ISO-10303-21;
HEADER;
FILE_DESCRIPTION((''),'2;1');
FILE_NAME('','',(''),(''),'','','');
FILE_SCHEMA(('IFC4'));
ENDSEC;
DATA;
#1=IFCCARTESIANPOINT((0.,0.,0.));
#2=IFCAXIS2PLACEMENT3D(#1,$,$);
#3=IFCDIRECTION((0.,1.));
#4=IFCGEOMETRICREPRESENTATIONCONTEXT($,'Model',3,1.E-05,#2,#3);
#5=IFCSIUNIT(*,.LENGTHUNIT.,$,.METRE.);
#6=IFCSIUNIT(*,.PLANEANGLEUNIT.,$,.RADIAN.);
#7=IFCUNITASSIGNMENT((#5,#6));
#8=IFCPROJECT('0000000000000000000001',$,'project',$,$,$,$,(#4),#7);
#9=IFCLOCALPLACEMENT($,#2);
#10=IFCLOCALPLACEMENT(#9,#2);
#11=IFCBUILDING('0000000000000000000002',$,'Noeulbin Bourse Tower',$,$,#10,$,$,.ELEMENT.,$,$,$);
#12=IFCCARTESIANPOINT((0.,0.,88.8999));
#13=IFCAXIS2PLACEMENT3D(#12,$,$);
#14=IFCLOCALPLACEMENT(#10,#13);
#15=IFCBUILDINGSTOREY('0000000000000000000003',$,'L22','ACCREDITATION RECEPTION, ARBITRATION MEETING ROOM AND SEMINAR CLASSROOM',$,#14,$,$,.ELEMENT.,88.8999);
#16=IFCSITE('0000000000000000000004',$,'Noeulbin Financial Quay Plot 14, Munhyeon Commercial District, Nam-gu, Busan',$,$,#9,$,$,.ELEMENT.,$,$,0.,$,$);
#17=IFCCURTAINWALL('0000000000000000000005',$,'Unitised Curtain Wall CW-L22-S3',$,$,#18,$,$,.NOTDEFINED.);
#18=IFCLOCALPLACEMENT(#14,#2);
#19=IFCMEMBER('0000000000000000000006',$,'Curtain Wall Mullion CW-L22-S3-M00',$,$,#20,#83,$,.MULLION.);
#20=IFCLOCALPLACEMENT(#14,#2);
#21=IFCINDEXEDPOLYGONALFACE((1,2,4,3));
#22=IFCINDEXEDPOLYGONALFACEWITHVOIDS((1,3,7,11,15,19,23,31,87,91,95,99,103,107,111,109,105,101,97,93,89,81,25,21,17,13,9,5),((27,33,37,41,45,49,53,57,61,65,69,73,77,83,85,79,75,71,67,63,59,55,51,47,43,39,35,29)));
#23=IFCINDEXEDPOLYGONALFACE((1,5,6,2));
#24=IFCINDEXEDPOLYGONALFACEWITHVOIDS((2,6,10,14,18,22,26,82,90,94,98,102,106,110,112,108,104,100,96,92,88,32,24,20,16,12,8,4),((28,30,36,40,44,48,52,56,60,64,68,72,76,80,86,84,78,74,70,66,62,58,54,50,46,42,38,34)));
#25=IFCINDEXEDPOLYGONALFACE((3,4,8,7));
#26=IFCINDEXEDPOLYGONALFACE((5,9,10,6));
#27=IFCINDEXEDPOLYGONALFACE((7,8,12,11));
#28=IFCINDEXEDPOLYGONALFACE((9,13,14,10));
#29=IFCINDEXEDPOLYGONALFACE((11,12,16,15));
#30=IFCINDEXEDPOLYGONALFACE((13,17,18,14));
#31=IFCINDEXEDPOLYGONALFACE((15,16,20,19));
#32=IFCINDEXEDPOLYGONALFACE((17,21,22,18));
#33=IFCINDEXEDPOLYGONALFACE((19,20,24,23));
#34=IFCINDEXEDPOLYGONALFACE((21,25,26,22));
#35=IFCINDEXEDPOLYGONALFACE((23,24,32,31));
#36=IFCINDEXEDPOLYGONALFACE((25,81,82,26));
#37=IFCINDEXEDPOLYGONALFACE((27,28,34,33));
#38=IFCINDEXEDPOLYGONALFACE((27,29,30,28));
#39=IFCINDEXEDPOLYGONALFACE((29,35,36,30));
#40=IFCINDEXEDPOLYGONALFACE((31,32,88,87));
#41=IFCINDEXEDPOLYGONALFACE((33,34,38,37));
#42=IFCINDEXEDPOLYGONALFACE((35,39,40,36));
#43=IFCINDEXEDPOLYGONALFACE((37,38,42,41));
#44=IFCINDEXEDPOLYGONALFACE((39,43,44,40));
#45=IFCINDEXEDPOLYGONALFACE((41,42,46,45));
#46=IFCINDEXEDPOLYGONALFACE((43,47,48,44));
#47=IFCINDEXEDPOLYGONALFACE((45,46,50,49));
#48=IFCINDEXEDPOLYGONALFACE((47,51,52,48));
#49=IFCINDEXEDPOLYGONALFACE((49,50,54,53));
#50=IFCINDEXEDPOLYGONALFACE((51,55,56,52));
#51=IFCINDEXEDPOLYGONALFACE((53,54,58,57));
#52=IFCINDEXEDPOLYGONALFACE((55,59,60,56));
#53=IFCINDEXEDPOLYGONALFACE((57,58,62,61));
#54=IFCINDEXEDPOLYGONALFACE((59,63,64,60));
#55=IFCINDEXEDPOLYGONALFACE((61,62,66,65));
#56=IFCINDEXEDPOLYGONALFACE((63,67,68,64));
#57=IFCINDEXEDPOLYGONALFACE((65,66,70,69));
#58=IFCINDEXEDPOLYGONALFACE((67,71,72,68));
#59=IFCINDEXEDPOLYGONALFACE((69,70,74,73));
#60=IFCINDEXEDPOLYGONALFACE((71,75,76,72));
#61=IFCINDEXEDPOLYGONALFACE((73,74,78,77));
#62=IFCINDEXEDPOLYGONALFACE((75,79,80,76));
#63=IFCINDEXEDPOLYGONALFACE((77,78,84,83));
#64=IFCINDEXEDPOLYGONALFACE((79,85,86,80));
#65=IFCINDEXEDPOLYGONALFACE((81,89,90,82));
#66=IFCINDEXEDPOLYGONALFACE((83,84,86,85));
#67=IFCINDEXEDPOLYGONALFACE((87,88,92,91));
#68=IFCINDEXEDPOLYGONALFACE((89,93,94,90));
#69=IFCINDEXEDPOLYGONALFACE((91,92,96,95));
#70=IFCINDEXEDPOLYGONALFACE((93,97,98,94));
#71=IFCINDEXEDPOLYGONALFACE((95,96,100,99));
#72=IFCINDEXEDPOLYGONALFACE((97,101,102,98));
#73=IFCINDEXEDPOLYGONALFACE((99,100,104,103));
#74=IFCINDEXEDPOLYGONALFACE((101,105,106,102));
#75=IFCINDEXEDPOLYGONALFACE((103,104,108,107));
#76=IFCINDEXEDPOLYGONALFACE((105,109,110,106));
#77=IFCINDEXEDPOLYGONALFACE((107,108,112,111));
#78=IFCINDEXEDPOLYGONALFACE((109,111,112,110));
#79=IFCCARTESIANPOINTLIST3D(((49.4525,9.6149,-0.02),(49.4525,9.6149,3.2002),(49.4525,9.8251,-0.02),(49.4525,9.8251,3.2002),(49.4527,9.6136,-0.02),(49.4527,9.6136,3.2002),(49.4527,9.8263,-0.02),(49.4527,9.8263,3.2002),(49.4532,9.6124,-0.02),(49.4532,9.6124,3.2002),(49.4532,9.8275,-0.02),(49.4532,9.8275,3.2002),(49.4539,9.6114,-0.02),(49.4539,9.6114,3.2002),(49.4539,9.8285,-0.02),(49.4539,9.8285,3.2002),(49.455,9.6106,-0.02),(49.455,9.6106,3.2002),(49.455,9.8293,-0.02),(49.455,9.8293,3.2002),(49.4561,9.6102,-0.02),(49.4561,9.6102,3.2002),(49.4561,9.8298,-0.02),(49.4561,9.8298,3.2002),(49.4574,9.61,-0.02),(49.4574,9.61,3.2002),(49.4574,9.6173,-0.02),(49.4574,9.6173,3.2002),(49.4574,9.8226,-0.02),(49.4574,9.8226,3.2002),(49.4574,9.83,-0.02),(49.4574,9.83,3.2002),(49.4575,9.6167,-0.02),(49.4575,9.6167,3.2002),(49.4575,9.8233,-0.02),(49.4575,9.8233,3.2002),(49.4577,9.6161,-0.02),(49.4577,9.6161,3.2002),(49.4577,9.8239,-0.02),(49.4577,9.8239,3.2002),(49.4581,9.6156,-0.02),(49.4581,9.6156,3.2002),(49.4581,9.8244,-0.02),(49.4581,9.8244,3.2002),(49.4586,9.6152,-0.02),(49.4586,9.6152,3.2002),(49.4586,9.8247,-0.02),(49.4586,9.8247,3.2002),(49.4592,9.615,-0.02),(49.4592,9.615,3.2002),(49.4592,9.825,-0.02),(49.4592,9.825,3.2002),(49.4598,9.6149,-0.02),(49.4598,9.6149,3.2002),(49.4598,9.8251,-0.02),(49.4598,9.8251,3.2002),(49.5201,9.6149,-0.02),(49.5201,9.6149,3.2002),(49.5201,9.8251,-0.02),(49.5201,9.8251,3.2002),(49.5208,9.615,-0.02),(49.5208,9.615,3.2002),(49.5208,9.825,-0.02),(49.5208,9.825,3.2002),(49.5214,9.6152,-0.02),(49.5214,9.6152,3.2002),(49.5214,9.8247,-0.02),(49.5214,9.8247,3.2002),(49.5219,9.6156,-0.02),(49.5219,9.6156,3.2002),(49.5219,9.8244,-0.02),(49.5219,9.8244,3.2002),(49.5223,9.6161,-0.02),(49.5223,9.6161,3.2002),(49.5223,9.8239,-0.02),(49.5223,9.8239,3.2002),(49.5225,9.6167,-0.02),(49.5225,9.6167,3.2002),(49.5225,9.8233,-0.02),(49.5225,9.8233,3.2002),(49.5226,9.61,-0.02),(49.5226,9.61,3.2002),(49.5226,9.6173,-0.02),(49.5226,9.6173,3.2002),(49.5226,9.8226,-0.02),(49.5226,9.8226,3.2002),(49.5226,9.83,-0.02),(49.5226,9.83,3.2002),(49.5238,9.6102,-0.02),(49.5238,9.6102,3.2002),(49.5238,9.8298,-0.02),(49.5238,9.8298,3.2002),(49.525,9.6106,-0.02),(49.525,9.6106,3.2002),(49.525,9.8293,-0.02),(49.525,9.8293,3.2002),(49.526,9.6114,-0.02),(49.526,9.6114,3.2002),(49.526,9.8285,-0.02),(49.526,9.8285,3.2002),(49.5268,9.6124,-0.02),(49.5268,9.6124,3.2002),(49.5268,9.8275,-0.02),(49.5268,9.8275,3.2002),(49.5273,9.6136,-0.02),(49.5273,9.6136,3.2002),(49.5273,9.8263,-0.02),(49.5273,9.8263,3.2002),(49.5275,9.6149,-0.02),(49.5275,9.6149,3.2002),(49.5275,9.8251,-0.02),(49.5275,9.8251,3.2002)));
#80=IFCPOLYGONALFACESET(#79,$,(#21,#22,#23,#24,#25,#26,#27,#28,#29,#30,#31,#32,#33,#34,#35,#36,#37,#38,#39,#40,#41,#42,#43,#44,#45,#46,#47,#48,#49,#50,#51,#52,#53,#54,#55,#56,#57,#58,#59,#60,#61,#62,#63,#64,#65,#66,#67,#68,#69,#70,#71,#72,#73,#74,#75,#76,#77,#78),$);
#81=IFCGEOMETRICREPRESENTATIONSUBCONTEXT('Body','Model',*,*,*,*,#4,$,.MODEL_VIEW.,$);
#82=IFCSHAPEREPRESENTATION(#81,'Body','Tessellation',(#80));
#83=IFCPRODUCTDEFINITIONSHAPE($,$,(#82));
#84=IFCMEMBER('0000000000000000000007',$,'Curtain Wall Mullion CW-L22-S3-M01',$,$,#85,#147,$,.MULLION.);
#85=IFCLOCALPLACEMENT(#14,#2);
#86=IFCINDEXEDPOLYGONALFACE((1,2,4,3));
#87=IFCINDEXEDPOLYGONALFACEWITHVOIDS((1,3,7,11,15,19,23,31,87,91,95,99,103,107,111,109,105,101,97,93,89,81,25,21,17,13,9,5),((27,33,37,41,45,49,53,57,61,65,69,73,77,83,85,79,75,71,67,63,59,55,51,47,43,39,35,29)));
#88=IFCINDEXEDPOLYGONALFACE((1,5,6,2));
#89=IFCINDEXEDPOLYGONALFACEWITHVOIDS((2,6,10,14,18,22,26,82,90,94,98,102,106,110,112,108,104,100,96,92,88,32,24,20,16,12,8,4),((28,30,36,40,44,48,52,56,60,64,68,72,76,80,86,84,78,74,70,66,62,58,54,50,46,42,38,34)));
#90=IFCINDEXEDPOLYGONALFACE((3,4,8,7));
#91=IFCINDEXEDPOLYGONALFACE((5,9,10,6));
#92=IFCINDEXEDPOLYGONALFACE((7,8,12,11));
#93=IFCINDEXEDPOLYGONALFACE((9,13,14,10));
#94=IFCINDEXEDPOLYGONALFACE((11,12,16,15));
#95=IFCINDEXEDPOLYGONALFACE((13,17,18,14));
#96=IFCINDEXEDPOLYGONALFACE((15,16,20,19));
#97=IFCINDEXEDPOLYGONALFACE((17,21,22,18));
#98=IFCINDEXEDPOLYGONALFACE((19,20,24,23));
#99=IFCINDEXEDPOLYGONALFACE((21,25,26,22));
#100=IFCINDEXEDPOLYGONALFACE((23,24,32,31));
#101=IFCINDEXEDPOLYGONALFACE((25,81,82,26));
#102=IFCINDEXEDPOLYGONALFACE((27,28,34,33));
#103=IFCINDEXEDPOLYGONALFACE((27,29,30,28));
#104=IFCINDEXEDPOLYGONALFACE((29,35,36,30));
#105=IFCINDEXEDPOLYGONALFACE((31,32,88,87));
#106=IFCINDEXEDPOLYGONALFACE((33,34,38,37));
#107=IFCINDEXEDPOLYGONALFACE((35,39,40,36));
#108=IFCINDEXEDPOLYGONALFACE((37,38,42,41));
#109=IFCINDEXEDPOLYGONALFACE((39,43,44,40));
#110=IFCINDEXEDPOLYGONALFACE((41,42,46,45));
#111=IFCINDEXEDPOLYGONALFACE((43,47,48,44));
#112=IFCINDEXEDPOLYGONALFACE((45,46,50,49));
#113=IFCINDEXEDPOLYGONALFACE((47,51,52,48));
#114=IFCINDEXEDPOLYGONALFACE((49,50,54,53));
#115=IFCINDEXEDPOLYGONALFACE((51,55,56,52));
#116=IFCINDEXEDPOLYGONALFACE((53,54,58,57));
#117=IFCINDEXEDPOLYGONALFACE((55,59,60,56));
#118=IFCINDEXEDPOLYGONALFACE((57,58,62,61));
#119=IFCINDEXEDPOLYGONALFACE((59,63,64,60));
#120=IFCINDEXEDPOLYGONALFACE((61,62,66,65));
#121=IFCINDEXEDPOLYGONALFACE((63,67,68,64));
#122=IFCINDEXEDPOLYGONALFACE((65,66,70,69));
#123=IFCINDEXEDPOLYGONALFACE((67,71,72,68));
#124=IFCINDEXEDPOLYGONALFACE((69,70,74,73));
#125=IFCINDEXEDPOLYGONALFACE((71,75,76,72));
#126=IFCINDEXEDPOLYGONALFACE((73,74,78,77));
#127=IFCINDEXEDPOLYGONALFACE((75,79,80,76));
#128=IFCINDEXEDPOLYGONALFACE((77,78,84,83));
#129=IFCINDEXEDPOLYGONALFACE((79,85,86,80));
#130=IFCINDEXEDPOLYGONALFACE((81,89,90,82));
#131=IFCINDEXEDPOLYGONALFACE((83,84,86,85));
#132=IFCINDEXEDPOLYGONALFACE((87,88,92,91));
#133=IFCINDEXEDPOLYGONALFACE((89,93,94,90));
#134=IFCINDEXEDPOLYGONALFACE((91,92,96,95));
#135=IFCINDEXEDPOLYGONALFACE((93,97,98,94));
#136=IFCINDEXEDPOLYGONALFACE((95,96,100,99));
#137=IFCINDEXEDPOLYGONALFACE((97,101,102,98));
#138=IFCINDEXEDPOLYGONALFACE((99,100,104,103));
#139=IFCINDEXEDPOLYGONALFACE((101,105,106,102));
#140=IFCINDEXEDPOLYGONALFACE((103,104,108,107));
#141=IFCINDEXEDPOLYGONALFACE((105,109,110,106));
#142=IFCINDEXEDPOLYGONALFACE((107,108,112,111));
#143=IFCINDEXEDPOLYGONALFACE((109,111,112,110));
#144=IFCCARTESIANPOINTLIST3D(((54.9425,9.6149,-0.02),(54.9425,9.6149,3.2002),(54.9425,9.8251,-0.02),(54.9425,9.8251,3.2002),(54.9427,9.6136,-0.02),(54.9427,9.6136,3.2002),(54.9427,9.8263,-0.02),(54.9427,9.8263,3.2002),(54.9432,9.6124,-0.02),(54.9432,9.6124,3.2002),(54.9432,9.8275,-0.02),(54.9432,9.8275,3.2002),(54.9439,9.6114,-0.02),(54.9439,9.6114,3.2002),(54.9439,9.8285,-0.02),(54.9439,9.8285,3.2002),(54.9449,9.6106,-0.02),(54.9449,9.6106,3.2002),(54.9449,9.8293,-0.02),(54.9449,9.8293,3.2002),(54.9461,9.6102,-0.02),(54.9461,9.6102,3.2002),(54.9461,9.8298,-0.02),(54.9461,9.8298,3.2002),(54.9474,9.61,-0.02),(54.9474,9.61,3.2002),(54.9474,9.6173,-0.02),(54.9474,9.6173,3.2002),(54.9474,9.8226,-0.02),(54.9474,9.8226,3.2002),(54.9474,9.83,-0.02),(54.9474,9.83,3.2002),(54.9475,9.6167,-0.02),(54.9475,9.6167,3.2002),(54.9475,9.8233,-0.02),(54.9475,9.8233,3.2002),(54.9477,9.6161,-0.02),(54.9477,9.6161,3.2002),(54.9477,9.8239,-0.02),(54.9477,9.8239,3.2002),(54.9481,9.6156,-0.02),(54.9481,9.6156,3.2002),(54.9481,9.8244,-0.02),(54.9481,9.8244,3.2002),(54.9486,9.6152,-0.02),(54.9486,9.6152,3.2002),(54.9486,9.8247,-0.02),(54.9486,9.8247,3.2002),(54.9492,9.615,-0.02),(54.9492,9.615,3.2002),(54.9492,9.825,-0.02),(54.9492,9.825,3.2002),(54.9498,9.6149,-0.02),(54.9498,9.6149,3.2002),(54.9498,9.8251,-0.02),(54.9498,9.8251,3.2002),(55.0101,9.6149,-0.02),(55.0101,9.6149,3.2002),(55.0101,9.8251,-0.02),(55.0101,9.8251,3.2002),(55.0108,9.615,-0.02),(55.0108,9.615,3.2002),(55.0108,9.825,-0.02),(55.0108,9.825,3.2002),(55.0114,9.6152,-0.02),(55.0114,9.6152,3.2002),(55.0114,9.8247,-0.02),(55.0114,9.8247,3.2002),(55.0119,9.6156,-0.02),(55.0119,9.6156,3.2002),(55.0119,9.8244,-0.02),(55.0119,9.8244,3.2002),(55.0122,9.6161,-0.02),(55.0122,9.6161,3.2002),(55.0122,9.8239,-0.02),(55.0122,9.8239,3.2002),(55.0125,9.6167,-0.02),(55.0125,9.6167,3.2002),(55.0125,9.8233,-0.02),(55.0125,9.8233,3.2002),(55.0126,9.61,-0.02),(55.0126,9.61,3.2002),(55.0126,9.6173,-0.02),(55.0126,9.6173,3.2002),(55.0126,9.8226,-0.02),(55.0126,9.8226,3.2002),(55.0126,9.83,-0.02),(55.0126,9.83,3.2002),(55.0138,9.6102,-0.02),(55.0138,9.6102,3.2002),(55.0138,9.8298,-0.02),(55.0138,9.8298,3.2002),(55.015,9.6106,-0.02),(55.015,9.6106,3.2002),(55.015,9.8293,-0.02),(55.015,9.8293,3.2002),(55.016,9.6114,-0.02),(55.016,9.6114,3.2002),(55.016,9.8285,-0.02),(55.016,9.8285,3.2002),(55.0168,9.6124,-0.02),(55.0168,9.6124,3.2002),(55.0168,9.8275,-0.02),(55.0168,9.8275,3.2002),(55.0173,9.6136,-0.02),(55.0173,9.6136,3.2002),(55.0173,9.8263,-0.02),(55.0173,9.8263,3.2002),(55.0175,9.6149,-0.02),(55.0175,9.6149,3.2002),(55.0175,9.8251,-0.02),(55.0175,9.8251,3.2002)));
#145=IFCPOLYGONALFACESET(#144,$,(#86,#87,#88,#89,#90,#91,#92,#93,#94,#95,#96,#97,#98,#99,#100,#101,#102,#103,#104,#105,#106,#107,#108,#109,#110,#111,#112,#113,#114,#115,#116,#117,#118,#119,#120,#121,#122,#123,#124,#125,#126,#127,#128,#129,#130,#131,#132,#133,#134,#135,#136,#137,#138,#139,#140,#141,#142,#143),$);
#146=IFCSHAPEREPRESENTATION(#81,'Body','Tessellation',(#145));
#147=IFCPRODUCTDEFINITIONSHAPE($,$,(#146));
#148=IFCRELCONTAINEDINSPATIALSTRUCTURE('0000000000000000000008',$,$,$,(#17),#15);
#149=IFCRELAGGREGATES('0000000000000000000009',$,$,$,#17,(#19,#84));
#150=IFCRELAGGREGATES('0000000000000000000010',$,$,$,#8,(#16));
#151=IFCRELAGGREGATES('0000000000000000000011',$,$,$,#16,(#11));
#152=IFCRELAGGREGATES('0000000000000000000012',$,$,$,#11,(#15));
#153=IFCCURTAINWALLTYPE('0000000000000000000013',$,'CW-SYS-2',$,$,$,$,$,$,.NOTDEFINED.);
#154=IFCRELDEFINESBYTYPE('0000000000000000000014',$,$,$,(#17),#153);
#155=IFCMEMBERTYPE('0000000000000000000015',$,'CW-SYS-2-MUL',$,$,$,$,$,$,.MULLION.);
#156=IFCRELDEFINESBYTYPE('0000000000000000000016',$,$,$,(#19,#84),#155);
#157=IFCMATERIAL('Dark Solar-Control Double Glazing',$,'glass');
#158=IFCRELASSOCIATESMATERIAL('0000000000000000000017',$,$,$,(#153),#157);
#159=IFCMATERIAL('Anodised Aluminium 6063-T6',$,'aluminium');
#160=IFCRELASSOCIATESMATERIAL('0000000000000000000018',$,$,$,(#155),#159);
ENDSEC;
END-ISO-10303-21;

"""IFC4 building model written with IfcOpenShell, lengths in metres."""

from ifc_helpers import new_model, si_unit, direction, frame, origin, origin_2d, place, context, subcontext, project, spatial, hollow_rectangle, extrude, material, material_profile, profile_set, type_object, element, aggregate, save


model = new_model("IFC4")

# Units and contexts
model_context = context("Model", 3, precision=1e-05, world=origin(), true_north=direction((0.0, 1.0)))
body_context = subcontext(model_context, "Body", "Model", "MODEL_VIEW")
ifc_project = project(units=[si_unit("LENGTHUNIT", "METRE"), si_unit("PLANEANGLEUNIT", "RADIAN")], contexts=[model_context])

# Site, building, storey
site_placement = place(None, origin())
site = spatial("IfcSite", under=ifc_project, at=site_placement, Name="Noeulbin Financial Quay Plot 14, Munhyeon Commercial District, Nam-gu, Busan", CompositionType="ELEMENT", RefElevation=0.0)
building_placement = place(site_placement, origin())
building = spatial("IfcBuilding", under=site, at=building_placement, Name="Noeulbin Bourse Tower", CompositionType="ELEMENT")
storey_placement = place(building_placement, frame((0.0, 0.0, 88.8999)))
storey = spatial("IfcBuildingStorey", under=building, at=storey_placement, Name="L22", Description="ACCREDITATION RECEPTION, ARBITRATION MEETING ROOM AND SEMINAR CLASSROOM", CompositionType="ELEMENT", Elevation=88.8999)

# Shared definitions
ifc_material_1 = material(Name="Dark Solar-Control Double Glazing", Category="glass")
curtain_wall_type = type_object("IfcCurtainWallType", Name="CW-SYS-2", PredefinedType="NOTDEFINED", material=ifc_material_1)
ifc_material_2 = material(Name="Anodised Aluminium 6063-T6", Category="aluminium")
ifc_material_profile_1 = material_profile(ifc_material_2, hollow_rectangle(XDim=0.075, YDim=0.22, WallThickness=0.0049, InnerFilletRadius=0.0024, OuterFilletRadius=0.0049, at=origin_2d()), Name="ALU-MULL-75x220x5", Category="LoadBearing")
ifc_profile_set_1 = profile_set([ifc_material_profile_1], Name="Anodised Aluminium 6063-T6")
member_type_1 = type_object("IfcMemberType", Name="CW-SYS-2-MUL", PredefinedType="MULLION", material=ifc_profile_set_1)

# Curtain wall, members
curtain_wall_1_placement = place(storey_placement, origin())
curtain_wall_1 = element("IfcCurtainWall", 1, at=curtain_wall_1_placement, inside=storey, type_object=curtain_wall_type, Name="Unitised Curtain Wall CW-L22-S3", PredefinedType="NOTDEFINED")
member_1_placement = place(storey_placement, frame((49.49, 9.72, -0.02), z_axis=(0.0, 0.0, 1.0), x_axis=(1.0, 0.0, 0.0)))
member_1 = element("IfcMember", 2, at=member_1_placement, type_object=member_type_1, Name="Curtain Wall Mullion CW-L22-S3-M00", PredefinedType="MULLION", context=body_context, shape_type="SweptSolid", body=[
    extrude(hollow_rectangle(XDim=0.075, YDim=0.22, WallThickness=0.0049, InnerFilletRadius=0.0024, OuterFilletRadius=0.0049, at=origin_2d()), origin(), (0.0, 0.0, 1.0), 3.2202),
])
member_2_placement = place(storey_placement, frame((54.98, 9.72, -0.02), z_axis=(0.0, 0.0, 1.0), x_axis=(1.0, 0.0, 0.0)))
member_2 = element("IfcMember", 3, at=member_2_placement, type_object=member_type_1, Name="Curtain Wall Mullion CW-L22-S3-M01", PredefinedType="MULLION", context=body_context, shape_type="SweptSolid", body=[
    extrude(hollow_rectangle(XDim=0.075, YDim=0.22, WallThickness=0.0049, InnerFilletRadius=0.0024, OuterFilletRadius=0.0049, at=origin_2d()), origin(), (0.0, 0.0, 1.0), 3.2202),
])

aggregate(curtain_wall_1, [member_1, member_2])

save(model, "model.ifc")
